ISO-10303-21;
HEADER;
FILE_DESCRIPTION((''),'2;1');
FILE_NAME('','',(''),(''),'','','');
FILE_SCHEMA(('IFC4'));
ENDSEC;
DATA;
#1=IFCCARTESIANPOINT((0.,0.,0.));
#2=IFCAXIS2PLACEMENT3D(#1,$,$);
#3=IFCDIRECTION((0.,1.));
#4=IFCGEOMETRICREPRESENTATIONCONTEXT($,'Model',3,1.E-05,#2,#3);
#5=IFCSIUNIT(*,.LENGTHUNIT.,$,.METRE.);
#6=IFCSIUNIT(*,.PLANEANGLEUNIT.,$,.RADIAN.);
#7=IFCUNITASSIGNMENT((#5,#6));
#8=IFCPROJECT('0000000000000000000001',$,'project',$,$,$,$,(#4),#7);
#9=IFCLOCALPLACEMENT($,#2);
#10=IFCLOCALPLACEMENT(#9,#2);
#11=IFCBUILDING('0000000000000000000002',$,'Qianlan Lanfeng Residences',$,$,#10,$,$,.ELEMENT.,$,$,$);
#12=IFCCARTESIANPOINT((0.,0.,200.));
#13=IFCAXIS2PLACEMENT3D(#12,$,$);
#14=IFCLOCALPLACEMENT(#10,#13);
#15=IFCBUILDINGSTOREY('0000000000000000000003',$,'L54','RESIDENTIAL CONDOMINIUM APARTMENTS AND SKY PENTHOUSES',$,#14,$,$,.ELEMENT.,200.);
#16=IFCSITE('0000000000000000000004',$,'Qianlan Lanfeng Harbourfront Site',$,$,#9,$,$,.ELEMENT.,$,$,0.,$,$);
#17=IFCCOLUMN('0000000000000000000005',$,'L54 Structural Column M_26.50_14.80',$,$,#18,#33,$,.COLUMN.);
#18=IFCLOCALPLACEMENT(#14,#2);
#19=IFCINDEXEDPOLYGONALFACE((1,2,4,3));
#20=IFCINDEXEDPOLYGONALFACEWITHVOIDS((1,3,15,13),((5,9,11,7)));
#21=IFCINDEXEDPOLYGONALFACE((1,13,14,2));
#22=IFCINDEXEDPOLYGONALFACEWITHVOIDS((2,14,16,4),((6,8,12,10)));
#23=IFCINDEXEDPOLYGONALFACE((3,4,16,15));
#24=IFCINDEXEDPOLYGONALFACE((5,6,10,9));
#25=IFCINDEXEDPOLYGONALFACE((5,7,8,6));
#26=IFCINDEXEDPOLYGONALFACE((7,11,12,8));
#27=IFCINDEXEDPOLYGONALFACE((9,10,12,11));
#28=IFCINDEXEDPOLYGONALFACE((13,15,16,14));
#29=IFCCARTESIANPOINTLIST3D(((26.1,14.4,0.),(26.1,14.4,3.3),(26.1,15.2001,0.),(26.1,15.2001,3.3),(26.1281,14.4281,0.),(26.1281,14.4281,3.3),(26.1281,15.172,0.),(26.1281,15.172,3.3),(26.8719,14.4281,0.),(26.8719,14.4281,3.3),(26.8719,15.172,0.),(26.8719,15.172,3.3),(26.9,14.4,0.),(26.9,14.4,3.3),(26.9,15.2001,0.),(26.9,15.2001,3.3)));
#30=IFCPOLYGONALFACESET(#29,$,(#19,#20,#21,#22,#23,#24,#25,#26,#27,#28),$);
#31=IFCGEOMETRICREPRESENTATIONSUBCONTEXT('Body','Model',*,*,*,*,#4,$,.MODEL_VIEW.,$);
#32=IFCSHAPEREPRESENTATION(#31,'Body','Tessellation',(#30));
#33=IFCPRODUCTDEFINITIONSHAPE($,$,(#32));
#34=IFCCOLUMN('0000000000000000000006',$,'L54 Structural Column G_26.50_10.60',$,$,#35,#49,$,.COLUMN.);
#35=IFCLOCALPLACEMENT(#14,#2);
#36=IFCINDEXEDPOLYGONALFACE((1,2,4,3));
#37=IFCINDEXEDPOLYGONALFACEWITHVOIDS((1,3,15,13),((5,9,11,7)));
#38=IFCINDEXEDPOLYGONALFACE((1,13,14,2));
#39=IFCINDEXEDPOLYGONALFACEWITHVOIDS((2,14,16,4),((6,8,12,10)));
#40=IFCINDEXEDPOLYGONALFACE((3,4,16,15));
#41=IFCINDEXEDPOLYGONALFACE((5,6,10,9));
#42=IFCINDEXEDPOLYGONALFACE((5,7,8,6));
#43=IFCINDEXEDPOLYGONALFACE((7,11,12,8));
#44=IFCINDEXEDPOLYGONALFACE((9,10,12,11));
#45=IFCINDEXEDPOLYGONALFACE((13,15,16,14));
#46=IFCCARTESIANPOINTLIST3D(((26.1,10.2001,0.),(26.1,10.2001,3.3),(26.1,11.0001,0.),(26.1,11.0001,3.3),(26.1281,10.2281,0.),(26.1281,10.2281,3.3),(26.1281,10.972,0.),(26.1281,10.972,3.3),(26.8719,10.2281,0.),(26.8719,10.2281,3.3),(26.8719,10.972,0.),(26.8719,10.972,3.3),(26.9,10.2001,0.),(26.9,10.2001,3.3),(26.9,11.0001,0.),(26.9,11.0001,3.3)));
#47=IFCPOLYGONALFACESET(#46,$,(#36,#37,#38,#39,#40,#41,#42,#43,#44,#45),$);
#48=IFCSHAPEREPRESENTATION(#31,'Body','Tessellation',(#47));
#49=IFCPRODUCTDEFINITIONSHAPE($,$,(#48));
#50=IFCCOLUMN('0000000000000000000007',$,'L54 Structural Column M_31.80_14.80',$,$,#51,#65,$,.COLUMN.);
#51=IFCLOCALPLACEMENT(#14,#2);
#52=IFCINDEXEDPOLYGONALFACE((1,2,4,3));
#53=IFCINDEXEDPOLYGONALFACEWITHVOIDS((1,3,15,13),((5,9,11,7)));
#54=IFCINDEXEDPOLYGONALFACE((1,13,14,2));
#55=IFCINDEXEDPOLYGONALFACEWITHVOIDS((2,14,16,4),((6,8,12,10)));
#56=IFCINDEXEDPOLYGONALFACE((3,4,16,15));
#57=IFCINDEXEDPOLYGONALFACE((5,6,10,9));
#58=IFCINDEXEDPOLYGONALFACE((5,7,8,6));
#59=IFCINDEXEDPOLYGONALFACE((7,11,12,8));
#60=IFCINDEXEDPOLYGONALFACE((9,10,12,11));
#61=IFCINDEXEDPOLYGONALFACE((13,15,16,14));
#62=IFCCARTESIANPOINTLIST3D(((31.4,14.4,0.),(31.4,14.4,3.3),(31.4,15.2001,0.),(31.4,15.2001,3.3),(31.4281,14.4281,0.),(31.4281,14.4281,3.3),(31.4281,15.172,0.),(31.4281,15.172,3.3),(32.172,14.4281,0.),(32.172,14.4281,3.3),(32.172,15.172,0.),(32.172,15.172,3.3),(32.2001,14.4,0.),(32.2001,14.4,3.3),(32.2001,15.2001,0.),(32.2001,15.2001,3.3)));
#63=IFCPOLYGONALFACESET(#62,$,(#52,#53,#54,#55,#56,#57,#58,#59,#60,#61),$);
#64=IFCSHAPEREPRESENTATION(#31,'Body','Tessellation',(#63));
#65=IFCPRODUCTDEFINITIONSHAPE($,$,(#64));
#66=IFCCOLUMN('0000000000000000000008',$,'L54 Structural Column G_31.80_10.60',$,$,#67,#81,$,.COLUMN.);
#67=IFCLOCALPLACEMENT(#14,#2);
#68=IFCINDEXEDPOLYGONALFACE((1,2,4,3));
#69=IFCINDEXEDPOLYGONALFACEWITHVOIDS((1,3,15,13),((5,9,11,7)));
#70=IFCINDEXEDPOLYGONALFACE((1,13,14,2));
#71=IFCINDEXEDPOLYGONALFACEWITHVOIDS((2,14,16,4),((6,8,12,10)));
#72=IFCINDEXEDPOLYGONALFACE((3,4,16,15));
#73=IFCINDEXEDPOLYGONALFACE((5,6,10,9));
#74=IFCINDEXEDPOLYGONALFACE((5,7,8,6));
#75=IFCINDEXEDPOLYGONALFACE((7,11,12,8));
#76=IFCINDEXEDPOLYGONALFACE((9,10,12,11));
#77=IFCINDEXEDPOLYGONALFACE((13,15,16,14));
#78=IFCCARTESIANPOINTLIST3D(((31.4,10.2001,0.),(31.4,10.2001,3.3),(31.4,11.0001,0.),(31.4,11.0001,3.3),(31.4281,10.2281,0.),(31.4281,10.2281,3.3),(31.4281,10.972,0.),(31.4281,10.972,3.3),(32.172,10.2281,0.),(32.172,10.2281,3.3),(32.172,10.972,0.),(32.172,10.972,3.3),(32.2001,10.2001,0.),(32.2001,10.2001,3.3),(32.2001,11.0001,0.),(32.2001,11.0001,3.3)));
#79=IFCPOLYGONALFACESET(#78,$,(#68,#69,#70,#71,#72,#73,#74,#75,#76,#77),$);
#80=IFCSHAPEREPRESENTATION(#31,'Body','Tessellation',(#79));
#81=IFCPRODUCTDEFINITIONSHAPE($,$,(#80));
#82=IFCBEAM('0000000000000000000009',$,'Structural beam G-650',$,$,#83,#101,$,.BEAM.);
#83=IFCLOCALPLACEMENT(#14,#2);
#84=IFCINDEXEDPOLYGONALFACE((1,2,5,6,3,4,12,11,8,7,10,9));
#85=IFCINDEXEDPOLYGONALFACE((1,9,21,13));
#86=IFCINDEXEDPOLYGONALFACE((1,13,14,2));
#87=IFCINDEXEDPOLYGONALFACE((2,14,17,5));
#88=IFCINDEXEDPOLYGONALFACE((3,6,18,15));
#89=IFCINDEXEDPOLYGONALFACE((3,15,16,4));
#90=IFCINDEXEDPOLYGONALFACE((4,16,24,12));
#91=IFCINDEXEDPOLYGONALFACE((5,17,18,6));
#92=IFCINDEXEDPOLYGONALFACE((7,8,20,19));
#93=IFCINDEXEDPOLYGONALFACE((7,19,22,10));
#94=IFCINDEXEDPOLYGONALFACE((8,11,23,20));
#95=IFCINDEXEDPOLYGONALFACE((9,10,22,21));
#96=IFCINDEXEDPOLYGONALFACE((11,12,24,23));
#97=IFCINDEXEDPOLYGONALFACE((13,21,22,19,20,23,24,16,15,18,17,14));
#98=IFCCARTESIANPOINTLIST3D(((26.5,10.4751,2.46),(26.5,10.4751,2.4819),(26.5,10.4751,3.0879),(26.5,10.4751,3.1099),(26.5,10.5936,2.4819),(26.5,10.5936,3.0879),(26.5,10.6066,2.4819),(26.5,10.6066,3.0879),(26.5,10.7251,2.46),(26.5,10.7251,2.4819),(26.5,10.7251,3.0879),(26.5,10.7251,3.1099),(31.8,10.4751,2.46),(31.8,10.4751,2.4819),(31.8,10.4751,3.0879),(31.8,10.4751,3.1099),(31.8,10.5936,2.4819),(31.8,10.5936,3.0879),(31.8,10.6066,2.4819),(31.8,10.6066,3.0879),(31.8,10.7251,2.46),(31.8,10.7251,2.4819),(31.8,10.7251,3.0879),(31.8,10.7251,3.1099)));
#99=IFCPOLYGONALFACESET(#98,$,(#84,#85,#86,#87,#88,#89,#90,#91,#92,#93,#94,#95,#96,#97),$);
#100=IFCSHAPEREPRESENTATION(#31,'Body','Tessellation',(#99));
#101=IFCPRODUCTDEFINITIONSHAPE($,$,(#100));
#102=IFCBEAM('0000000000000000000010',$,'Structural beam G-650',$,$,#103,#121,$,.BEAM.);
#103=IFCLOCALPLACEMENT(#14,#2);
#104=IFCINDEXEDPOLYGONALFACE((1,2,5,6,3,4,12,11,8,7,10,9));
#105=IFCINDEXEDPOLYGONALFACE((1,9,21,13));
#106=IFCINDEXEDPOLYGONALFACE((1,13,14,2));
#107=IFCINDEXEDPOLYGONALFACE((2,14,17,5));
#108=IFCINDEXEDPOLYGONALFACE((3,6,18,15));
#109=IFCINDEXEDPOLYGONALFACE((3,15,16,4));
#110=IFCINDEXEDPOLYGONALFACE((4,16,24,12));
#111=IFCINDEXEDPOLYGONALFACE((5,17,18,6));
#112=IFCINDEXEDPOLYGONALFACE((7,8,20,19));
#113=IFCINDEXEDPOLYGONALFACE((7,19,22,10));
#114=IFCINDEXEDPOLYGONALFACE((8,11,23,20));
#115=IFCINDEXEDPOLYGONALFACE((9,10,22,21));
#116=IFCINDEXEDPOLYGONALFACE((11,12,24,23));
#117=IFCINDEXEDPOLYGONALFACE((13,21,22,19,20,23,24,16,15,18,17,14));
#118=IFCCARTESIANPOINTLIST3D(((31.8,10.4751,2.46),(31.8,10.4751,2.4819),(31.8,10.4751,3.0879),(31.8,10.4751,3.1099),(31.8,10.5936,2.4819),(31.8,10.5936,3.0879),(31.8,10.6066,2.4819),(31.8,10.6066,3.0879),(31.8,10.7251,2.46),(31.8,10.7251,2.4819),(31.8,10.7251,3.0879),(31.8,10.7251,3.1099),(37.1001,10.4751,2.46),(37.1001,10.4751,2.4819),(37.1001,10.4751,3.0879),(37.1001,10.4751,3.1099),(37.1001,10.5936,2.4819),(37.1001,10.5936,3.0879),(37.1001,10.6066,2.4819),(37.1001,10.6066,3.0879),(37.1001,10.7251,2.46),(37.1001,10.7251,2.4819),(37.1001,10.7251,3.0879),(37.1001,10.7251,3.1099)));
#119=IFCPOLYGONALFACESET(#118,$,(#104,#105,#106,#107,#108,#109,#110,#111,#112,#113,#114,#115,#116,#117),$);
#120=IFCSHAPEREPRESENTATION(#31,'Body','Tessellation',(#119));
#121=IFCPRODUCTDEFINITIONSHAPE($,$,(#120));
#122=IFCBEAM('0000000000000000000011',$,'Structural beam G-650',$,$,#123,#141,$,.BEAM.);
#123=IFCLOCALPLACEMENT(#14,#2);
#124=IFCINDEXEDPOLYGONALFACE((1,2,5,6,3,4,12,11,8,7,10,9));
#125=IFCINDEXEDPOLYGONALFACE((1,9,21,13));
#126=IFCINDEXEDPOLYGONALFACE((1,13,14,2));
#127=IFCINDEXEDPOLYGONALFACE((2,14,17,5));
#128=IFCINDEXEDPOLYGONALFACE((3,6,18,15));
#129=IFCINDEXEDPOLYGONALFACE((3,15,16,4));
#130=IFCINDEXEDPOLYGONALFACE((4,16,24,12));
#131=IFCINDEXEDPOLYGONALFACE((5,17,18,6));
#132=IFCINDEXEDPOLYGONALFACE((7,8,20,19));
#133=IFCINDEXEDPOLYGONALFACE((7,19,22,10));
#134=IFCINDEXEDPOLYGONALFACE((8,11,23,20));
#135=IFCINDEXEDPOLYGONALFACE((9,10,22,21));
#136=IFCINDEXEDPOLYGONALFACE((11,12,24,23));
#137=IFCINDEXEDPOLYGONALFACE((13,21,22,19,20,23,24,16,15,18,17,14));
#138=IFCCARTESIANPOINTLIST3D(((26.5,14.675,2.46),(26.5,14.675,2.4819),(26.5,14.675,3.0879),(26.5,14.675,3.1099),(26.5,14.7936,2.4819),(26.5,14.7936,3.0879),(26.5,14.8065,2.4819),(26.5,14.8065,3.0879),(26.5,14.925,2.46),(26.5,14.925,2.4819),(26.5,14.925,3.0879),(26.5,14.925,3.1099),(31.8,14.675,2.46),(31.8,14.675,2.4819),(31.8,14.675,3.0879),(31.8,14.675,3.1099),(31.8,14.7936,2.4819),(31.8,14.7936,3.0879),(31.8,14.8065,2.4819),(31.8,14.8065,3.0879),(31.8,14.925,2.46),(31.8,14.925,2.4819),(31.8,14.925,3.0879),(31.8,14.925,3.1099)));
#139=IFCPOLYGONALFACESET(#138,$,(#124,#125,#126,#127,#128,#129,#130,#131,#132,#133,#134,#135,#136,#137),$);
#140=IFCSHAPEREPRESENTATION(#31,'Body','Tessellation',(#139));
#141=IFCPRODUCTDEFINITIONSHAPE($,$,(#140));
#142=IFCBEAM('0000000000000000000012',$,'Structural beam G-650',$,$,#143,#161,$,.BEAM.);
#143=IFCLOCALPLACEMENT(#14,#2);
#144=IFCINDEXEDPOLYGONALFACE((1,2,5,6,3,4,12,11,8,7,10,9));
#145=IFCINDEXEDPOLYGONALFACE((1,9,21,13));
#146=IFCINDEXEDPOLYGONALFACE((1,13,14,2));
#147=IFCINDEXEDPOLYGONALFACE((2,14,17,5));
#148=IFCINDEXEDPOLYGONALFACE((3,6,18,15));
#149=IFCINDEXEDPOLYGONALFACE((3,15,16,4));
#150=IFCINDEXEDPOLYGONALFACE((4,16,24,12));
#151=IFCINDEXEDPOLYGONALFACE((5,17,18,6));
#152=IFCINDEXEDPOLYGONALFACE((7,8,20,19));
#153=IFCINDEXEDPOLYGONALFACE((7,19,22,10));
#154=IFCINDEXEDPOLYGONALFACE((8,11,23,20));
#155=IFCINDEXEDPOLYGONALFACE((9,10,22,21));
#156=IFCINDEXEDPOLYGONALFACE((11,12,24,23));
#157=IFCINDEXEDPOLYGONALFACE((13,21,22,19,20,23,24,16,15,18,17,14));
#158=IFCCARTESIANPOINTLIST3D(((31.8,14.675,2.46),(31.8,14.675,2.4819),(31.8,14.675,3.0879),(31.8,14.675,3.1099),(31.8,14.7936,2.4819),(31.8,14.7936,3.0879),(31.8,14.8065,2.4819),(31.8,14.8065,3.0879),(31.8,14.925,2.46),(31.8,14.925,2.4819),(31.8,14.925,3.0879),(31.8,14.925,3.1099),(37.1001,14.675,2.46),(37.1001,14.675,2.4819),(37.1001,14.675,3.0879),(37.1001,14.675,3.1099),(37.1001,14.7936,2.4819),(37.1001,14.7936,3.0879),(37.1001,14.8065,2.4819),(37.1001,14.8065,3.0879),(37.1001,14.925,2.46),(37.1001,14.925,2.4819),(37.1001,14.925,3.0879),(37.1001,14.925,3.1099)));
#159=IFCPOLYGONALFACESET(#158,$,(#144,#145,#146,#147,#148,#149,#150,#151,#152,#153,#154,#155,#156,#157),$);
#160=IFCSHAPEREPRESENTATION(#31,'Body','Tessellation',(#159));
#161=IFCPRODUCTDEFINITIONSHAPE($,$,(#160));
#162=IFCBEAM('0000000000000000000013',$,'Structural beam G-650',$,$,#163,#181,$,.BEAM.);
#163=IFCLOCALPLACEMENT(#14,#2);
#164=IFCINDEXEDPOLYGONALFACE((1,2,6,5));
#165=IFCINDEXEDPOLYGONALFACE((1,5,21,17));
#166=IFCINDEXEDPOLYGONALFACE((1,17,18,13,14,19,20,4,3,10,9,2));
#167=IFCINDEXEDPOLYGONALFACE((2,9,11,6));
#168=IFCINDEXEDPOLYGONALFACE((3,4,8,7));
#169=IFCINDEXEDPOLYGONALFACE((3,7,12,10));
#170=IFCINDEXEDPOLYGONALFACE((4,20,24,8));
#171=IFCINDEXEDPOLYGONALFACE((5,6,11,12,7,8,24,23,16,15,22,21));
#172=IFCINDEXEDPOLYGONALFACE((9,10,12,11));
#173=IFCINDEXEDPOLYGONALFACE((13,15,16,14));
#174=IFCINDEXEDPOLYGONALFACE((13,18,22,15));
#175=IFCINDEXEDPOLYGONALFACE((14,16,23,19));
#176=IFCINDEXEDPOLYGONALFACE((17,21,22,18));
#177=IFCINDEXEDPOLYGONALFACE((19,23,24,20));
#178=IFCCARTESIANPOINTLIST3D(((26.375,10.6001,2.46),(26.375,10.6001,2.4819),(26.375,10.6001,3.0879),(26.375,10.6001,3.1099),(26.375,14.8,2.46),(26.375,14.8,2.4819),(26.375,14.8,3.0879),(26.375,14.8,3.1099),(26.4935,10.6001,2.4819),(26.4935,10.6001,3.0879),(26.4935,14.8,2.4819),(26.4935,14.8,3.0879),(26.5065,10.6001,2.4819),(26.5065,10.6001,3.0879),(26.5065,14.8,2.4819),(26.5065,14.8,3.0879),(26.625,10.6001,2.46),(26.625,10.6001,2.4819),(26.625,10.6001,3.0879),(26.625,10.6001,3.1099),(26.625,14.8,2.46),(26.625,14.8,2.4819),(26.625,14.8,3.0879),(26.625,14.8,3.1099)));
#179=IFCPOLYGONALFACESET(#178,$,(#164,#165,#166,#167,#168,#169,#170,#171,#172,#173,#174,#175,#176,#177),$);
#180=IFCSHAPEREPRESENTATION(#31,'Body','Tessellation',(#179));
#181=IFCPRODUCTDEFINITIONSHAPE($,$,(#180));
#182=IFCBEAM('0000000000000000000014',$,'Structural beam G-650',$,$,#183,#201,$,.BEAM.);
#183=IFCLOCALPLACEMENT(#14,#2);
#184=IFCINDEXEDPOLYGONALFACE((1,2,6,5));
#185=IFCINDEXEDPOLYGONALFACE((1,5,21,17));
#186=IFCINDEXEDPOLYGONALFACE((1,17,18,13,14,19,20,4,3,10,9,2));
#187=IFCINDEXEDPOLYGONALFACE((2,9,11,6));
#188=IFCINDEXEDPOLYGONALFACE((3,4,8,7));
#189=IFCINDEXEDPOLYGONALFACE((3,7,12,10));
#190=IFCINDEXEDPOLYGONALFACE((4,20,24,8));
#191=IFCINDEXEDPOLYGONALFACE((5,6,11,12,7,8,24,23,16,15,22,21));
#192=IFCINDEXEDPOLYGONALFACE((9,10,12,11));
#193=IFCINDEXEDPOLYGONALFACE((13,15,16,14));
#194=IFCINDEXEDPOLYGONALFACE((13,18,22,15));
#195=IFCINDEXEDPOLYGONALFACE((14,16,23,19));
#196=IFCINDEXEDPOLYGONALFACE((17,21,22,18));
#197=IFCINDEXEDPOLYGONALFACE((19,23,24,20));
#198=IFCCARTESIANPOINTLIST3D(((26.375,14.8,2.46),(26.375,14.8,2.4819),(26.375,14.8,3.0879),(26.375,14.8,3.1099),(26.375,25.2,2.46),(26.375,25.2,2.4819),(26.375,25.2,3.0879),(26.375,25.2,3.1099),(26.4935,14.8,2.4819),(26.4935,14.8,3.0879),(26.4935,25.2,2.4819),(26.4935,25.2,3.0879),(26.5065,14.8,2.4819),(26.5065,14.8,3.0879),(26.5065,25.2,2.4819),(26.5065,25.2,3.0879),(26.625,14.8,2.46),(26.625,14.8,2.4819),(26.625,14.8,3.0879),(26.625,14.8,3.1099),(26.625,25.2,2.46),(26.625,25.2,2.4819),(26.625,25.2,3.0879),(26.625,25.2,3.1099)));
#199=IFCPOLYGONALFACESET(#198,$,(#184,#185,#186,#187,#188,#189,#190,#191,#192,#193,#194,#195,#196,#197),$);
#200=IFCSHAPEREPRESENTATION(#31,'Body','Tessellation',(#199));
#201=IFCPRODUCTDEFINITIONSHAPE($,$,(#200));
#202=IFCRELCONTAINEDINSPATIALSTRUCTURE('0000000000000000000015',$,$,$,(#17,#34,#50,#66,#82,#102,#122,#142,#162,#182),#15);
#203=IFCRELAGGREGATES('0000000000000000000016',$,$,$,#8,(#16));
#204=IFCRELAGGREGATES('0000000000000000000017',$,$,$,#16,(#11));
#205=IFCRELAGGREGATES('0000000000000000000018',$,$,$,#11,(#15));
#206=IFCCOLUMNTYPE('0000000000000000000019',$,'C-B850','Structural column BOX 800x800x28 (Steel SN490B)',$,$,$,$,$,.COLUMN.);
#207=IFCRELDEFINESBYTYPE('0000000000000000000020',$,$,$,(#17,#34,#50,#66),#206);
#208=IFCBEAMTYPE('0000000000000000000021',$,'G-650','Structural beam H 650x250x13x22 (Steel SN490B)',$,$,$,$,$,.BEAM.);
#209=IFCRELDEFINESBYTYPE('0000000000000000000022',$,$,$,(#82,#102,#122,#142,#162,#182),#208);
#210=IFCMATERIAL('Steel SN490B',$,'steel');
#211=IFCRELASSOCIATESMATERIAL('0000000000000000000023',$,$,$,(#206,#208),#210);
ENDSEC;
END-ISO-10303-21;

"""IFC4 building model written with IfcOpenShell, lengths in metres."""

from ifc_helpers import new_model, si_unit, direction, frame, origin, origin_2d, place, context, subcontext, project, spatial, hollow_rectangle, i_section, extrude, material, material_profile, profile_set, type_object, element, save


model = new_model("IFC4")

# Units and contexts
model_context = context("Model", 3, precision=1e-05, world=origin(), true_north=direction((0.0, 1.0)))
body_context = subcontext(model_context, "Body", "Model", "MODEL_VIEW")
ifc_project = project(units=[si_unit("LENGTHUNIT", "METRE"), si_unit("PLANEANGLEUNIT", "RADIAN")], contexts=[model_context])

# Site, building, storey
site_placement = place(None, origin())
site = spatial("IfcSite", under=ifc_project, at=site_placement, Name="Qianlan Lanfeng Harbourfront Site", CompositionType="ELEMENT", RefElevation=0.0)
building_placement = place(site_placement, origin())
building = spatial("IfcBuilding", under=site, at=building_placement, Name="Qianlan Lanfeng Residences", CompositionType="ELEMENT")
storey_placement = place(building_placement, frame((0.0, 0.0, 200.0)))
storey = spatial("IfcBuildingStorey", under=building, at=storey_placement, Name="L54", Description="RESIDENTIAL CONDOMINIUM APARTMENTS AND SKY PENTHOUSES", CompositionType="ELEMENT", Elevation=200.0)

# Columns
ifc_material_1 = material(Name="Steel SN490B", Category="steel")
ifc_material_profile_1 = material_profile(ifc_material_1, hollow_rectangle(XDim=0.8, YDim=0.8, WallThickness=0.0281, at=origin_2d()), Name="BOX 800x800x28")
ifc_profile_set_1 = profile_set([ifc_material_profile_1], Name="Steel SN490B")
column_type = type_object("IfcColumnType", Name="C-B850", Description="Structural column BOX 800x800x28 (Steel SN490B)", PredefinedType="COLUMN", material=ifc_profile_set_1)
for number, where, z_axis, x_axis, name in (
    (1, (26.5, 14.8, 0.0), (0.0, 0.0, 1.0), (1.0, 0.0, 0.0), "L54 Structural Column M_26.50_14.80"),
    (2, (26.5, 10.6001, 0.0), (0.0, 0.0, 1.0), (1.0, 0.0, 0.0), "L54 Structural Column G_26.50_10.60"),
    (3, (31.8, 14.8, 0.0), (0.0, 0.0, 1.0), (1.0, 0.0, 0.0), "L54 Structural Column M_31.80_14.80"),
    (4, (31.8, 10.6001, 0.0), (0.0, 0.0, 1.0), (1.0, 0.0, 0.0), "L54 Structural Column G_31.80_10.60"),
):
    element("IfcColumn", number, at=place(storey_placement, frame(where, z_axis=z_axis, x_axis=x_axis)), inside=storey, type_object=column_type, Name=name, PredefinedType="COLUMN", context=body_context, shape_type="SweptSolid", body=[
        extrude(hollow_rectangle(XDim=0.8, YDim=0.8, WallThickness=0.0281, at=origin_2d()), origin(), (0.0, 0.0, 1.0), 3.3),
    ])

# Beams
ifc_material_profile_2 = material_profile(ifc_material_1, i_section(OverallWidth=0.25, OverallDepth=0.6499, WebThickness=0.0129, FlangeThickness=0.022, at=origin_2d()), Name="H 650x250x13x22")
ifc_profile_set_2 = profile_set([ifc_material_profile_2], Name="Steel SN490B")
beam_type_1 = type_object("IfcBeamType", Name="G-650", Description="Structural beam H 650x250x13x22 (Steel SN490B)", PredefinedType="BEAM", material=ifc_profile_set_2)
for number, where, z_axis, x_axis, name in (
    (5, (26.5, 10.6001, 2.7849), (1.0, 0.0, 0.0), (0.0, 1.0, 0.0), "Structural beam G-650"),
    (6, (31.8, 10.6001, 2.7849), (1.0, 0.0, 0.0), (0.0, 1.0, 0.0), "Structural beam G-650"),
    (7, (26.5, 14.8, 2.7849), (1.0, 0.0, 0.0), (0.0, 1.0, 0.0), "Structural beam G-650"),
    (8, (31.8, 14.8, 2.7849), (1.0, 0.0, 0.0), (0.0, 1.0, 0.0), "Structural beam G-650"),
):
    element("IfcBeam", number, at=place(storey_placement, frame(where, z_axis=z_axis, x_axis=x_axis)), inside=storey, type_object=beam_type_1, Name=name, PredefinedType="BEAM", context=body_context, shape_type="SweptSolid", body=[
        extrude(i_section(OverallWidth=0.25, OverallDepth=0.6499, WebThickness=0.0129, FlangeThickness=0.022, at=origin_2d()), origin(), (0.0, 0.0, 1.0), 5.3),
    ])
beam_1_placement = place(storey_placement, frame((26.5, 10.6001, 2.7849), z_axis=(0.0, 1.0, 0.0), x_axis=(-1.0, 0.0, 0.0)))
element("IfcBeam", 9, at=beam_1_placement, inside=storey, type_object=beam_type_1, Name="Structural beam G-650", PredefinedType="BEAM", context=body_context, shape_type="SweptSolid", body=[
    extrude(i_section(OverallWidth=0.25, OverallDepth=0.6499, WebThickness=0.0129, FlangeThickness=0.022, at=origin_2d()), origin(), (0.0, 0.0, 1.0), 4.2),
])
beam_2_placement = place(storey_placement, frame((26.5, 14.8, 2.7849), z_axis=(0.0, 1.0, 0.0), x_axis=(-1.0, 0.0, 0.0)))
element("IfcBeam", 10, at=beam_2_placement, inside=storey, type_object=beam_type_1, Name="Structural beam G-650", PredefinedType="BEAM", context=body_context, shape_type="SweptSolid", body=[
    extrude(i_section(OverallWidth=0.25, OverallDepth=0.6499, WebThickness=0.0129, FlangeThickness=0.022, at=origin_2d()), origin(), (0.0, 0.0, 1.0), 10.3999),
])

save(model, "model.ifc")
